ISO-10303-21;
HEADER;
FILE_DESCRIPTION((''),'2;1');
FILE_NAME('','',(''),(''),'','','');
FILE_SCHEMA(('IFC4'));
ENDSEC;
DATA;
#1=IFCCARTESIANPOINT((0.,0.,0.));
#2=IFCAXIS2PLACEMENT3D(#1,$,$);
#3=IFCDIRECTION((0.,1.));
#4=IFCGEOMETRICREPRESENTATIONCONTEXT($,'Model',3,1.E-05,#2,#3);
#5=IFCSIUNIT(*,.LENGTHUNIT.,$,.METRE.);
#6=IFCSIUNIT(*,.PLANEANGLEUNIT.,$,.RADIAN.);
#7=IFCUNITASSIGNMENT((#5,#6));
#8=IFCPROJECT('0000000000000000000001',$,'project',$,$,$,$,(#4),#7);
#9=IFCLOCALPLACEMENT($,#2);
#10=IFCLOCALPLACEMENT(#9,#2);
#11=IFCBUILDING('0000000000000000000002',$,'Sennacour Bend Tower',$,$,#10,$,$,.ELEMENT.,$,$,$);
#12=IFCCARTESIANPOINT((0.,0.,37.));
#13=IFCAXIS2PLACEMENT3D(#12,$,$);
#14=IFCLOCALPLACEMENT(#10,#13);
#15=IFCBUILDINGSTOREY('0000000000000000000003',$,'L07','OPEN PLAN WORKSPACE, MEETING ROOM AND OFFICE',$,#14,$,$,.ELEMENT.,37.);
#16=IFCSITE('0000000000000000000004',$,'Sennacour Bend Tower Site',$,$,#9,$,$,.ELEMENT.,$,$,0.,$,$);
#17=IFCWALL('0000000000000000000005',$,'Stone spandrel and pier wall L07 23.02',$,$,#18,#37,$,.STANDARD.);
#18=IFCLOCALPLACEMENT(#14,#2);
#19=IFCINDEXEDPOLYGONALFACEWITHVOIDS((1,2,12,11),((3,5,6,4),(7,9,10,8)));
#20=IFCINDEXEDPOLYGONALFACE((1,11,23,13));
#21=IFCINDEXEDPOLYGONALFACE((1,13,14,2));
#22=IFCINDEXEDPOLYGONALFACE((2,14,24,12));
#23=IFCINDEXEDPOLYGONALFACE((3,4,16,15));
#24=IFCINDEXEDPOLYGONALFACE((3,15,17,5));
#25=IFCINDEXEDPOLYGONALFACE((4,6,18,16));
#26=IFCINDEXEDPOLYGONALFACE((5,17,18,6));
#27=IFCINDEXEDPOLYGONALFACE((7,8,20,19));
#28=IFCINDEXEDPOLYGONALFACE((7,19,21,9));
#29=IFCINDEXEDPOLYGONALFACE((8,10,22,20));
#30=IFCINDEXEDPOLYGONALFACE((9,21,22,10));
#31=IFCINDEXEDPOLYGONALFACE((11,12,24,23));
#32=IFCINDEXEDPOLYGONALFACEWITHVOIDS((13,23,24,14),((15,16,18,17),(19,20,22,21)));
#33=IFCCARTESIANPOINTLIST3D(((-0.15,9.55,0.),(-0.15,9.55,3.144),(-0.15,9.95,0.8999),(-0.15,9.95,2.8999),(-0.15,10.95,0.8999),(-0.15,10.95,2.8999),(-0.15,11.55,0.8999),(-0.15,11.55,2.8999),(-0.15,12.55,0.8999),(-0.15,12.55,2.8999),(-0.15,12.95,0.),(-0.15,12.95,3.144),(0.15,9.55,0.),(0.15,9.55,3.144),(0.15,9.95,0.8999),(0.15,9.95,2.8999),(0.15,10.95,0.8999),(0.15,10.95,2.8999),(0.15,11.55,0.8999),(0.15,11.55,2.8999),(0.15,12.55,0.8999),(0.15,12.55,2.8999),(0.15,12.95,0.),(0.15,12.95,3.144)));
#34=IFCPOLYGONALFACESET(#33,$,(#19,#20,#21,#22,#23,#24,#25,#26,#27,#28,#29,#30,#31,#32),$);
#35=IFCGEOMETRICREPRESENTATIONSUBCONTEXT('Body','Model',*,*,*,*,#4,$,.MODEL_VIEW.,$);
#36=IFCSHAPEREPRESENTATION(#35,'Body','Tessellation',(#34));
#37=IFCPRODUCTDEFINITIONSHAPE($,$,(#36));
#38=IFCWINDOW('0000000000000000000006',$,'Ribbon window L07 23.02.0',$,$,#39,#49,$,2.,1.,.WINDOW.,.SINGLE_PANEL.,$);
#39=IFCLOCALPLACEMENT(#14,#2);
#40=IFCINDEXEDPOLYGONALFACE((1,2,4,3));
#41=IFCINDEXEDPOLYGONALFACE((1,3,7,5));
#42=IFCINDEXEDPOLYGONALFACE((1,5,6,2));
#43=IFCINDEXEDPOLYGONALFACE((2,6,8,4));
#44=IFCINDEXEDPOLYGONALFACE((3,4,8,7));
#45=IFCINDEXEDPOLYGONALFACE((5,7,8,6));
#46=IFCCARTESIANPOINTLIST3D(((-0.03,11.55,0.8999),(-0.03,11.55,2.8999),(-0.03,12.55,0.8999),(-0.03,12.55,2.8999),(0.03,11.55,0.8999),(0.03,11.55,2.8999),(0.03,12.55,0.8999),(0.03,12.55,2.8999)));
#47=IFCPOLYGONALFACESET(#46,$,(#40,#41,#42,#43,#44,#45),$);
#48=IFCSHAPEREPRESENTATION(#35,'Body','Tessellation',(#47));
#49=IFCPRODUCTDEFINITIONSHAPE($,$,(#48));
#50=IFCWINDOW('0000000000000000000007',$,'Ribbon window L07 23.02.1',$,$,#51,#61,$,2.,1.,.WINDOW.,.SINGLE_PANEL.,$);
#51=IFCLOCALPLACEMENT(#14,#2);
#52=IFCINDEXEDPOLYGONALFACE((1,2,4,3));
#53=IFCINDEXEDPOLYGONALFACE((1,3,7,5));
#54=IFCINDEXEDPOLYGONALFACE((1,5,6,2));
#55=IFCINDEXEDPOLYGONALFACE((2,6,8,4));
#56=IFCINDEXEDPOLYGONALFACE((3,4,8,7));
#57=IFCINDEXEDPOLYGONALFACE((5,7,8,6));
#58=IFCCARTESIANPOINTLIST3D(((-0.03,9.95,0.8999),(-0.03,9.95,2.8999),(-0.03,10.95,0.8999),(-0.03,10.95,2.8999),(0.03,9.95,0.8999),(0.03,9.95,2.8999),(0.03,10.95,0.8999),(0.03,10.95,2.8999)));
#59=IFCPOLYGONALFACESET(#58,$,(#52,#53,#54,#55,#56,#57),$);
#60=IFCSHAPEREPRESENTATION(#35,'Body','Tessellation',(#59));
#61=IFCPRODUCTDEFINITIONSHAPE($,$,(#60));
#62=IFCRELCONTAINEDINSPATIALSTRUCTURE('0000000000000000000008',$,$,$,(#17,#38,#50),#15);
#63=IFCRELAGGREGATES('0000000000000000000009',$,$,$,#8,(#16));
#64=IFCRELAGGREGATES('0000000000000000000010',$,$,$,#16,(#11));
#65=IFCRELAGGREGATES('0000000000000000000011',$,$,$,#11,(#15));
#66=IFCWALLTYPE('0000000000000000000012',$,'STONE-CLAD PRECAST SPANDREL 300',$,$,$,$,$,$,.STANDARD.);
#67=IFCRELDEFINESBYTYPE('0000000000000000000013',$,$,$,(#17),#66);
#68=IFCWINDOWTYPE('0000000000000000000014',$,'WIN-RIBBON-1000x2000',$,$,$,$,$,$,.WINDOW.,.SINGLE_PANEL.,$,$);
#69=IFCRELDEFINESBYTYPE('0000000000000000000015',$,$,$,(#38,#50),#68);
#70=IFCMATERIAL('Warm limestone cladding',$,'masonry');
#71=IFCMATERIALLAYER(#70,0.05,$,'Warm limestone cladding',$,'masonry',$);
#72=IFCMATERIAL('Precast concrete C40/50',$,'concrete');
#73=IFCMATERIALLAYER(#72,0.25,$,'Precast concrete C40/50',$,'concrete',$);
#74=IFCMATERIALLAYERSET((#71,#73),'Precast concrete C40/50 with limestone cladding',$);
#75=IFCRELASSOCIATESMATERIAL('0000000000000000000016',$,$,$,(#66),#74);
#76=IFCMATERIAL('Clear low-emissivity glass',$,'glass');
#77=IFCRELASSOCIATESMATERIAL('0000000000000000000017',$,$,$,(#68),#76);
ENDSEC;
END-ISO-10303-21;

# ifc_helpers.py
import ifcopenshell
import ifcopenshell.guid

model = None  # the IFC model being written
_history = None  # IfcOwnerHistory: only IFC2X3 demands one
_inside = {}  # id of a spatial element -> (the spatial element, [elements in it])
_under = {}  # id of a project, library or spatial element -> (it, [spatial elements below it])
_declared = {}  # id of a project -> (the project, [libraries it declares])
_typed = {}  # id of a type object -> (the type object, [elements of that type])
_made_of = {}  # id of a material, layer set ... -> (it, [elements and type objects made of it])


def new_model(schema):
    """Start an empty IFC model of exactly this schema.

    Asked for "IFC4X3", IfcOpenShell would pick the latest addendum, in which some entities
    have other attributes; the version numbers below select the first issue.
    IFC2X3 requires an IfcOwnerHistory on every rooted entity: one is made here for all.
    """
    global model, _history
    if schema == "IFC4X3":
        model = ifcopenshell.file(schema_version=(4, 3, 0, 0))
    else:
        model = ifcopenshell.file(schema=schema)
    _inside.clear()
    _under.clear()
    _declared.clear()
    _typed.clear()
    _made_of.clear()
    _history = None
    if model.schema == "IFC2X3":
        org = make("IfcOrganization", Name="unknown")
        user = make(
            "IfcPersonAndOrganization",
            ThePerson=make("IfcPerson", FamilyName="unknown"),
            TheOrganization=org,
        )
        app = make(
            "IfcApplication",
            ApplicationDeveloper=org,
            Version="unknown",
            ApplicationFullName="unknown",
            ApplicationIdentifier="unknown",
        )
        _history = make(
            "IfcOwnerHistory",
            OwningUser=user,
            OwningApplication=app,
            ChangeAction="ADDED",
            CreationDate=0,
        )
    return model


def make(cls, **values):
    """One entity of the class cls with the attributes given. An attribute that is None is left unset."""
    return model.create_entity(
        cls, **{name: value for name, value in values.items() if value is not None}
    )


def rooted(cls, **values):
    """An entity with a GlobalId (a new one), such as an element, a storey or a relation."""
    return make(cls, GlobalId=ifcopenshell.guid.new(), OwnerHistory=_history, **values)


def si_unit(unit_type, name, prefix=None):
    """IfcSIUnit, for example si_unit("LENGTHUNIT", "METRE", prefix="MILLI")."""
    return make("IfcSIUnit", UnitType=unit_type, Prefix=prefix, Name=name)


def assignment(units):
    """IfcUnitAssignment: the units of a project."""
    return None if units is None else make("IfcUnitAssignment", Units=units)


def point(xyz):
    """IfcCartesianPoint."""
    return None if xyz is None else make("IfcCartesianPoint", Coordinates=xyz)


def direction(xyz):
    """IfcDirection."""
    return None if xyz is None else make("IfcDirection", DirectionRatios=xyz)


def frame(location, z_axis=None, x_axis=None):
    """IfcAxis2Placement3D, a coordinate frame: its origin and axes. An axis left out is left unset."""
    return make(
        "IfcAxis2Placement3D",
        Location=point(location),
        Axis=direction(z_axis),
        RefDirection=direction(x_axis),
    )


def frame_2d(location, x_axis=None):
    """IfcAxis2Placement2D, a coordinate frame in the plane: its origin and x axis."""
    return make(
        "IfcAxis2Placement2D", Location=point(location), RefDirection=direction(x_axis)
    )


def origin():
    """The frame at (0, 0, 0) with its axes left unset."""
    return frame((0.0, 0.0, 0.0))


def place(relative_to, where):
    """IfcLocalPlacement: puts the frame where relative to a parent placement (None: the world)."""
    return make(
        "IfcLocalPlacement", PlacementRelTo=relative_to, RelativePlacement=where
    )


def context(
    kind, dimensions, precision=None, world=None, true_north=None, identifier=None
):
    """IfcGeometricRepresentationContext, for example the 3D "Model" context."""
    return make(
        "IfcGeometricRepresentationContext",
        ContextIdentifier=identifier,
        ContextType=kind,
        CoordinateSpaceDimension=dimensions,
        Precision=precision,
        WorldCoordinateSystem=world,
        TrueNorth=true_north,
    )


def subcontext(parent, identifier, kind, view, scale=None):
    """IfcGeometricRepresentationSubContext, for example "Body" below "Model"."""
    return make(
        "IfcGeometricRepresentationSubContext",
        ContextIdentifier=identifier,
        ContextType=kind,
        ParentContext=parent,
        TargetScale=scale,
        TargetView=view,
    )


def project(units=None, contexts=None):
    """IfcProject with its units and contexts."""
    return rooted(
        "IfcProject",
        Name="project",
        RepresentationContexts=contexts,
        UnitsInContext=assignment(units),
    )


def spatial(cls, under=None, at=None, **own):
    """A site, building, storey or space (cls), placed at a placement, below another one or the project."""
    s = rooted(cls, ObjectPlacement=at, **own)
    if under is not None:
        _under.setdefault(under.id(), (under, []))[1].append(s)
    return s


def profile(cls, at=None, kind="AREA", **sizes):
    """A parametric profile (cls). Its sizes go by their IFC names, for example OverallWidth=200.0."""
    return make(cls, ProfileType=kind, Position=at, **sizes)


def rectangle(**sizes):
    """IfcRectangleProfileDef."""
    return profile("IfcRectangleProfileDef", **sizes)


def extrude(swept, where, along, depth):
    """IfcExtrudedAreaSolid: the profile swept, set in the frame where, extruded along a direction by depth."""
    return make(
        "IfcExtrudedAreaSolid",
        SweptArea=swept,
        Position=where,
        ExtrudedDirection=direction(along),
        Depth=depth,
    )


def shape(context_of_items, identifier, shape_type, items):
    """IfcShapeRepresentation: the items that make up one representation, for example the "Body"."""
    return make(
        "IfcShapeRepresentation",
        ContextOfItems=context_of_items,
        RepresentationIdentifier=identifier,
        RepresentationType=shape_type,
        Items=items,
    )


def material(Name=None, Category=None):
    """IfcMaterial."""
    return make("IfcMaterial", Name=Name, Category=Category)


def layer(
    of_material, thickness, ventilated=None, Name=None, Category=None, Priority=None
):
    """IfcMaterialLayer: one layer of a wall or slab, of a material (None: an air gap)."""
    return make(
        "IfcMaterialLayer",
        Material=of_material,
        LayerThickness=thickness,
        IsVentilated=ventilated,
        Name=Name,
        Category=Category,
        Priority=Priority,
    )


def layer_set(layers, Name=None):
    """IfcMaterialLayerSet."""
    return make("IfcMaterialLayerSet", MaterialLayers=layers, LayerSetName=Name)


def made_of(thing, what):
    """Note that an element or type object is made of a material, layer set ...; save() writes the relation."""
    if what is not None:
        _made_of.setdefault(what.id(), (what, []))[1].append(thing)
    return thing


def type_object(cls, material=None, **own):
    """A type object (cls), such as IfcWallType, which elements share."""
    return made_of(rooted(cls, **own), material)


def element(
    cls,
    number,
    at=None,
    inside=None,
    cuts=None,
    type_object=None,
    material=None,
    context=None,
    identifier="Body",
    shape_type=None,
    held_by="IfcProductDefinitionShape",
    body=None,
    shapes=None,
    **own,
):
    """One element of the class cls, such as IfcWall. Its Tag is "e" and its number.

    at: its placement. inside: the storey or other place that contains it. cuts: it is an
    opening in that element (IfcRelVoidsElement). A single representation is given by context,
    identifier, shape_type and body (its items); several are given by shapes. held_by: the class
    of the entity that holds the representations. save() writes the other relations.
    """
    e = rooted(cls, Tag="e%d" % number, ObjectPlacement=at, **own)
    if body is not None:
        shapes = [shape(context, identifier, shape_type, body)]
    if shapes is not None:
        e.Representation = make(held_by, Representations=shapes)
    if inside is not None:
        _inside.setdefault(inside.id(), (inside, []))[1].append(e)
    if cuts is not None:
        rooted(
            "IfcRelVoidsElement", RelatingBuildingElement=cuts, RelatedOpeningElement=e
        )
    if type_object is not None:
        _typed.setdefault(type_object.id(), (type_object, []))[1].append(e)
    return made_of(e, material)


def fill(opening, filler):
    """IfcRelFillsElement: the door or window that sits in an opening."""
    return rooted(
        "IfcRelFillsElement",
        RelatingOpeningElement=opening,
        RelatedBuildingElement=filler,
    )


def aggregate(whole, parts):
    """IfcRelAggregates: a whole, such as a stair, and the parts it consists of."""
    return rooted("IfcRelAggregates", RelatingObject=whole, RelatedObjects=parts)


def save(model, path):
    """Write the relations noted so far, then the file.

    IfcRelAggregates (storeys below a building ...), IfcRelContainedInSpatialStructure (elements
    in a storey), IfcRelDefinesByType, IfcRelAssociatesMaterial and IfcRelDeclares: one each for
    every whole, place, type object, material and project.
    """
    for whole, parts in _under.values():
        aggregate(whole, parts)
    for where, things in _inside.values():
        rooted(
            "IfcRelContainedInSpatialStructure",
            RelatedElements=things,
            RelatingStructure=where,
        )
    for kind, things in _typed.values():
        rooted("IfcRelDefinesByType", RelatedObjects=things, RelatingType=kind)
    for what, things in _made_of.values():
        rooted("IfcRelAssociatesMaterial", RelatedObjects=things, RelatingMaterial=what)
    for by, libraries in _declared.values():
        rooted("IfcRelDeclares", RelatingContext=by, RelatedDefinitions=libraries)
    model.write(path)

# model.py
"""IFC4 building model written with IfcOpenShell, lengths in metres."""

from ifc_helpers import new_model, si_unit, direction, frame, frame_2d, origin, place, context, subcontext, project, spatial, rectangle, extrude, material, layer, layer_set, type_object, element, fill, save


model = new_model("IFC4")

# Units and contexts
model_context = context("Model", 3, precision=1e-05, world=origin(), true_north=direction((0.0, 1.0)))
body_context = subcontext(model_context, "Body", "Model", "MODEL_VIEW")
ifc_project = project(units=[si_unit("LENGTHUNIT", "METRE"), si_unit("PLANEANGLEUNIT", "RADIAN")], contexts=[model_context])

# Site, building, storey
site_placement = place(None, origin())
site = spatial("IfcSite", under=ifc_project, at=site_placement, Name="Sennacour Bend Tower Site", CompositionType="ELEMENT", RefElevation=0.0)
building_placement = place(site_placement, origin())
building = spatial("IfcBuilding", under=site, at=building_placement, Name="Sennacour Bend Tower", CompositionType="ELEMENT")
storey_placement = place(building_placement, frame((0.0, 0.0, 37.0)))
storey = spatial("IfcBuildingStorey", under=building, at=storey_placement, Name="L07", Description="OPEN PLAN WORKSPACE, MEETING ROOM AND OFFICE", CompositionType="ELEMENT", Elevation=37.0)

# Wall, openings, windows
ifc_material_1 = material(Name="Warm limestone cladding", Category="masonry")
ifc_layer_1 = layer(ifc_material_1, 0.05, Name="Warm limestone cladding", Category="masonry")
ifc_material_2 = material(Name="Precast concrete C40/50", Category="concrete")
ifc_layer_2 = layer(ifc_material_2, 0.25, Name="Precast concrete C40/50", Category="concrete")
ifc_layer_set_1 = layer_set([ifc_layer_1, ifc_layer_2], Name="Precast concrete C40/50 with limestone cladding")
wall_type_1 = type_object("IfcWallType", Name="STONE-CLAD PRECAST SPANDREL 300", PredefinedType="STANDARD", material=ifc_layer_set_1)
ifc_material_3 = material(Name="Clear low-emissivity glass", Category="glass")
window_type = type_object("IfcWindowType", Name="WIN-RIBBON-1000x2000", PartitioningType="SINGLE_PANEL", PredefinedType="WINDOW", material=ifc_material_3)
wall_1_placement = place(storey_placement, frame((0.0, 12.95, 0.0), z_axis=(0.0, 0.0, 1.0), x_axis=(0.0, -1.0, 0.0)))
wall_1 = element("IfcWall", 1, at=wall_1_placement, inside=storey, type_object=wall_type_1, Name="Stone spandrel and pier wall L07 23.02", PredefinedType="STANDARD", context=body_context, shape_type="SweptSolid", body=[
    extrude(rectangle(XDim=3.3999, YDim=0.3, at=frame_2d((1.7, 0.0))), origin(), (0.0, 0.0, 1.0), 3.144),
])
opening_1_placement = place(wall_1_placement, frame((0.3999, 0.0, 0.8999)))
opening_1 = element("IfcOpeningElement", 2, at=opening_1_placement, cuts=wall_1, PredefinedType="OPENING", context=body_context, shape_type="SweptSolid", body=[
    extrude(rectangle(XDim=1.0, YDim=2.0, at=frame_2d((0.5, 1.0))), frame((0.0, 0.1602, 0.0), z_axis=(0.0, -1.0, 0.0), x_axis=(1.0, 0.0, 0.0)), (0.0, 0.0, 1.0), 0.3201),
])
opening_2_placement = place(wall_1_placement, frame((2.0, 0.0, 0.8999)))
opening_2 = element("IfcOpeningElement", 3, at=opening_2_placement, cuts=wall_1, PredefinedType="OPENING", context=body_context, shape_type="SweptSolid", body=[
    extrude(rectangle(XDim=1.0, YDim=2.0, at=frame_2d((0.5, 1.0))), frame((0.0, 0.1602, 0.0), z_axis=(0.0, -1.0, 0.0), x_axis=(1.0, 0.0, 0.0)), (0.0, 0.0, 1.0), 0.3201),
])
window_1_placement = place(opening_1_placement, origin())
window_1 = element("IfcWindow", 4, at=window_1_placement, inside=storey, type_object=window_type, Name="Ribbon window L07 23.02.0", OverallHeight=2.0, OverallWidth=1.0, PartitioningType="SINGLE_PANEL", PredefinedType="WINDOW", context=body_context, shape_type="SweptSolid", body=[
    extrude(rectangle(XDim=1.0, YDim=2.0, at=frame_2d((0.5, 1.0))), frame((0.0, 0.03, 0.0), z_axis=(0.0, -1.0, 0.0), x_axis=(1.0, 0.0, 0.0)), (0.0, 0.0, 1.0), 0.0601),
])
fill(opening_1, window_1)
window_2_placement = place(opening_2_placement, origin())
window_2 = element("IfcWindow", 5, at=window_2_placement, inside=storey, type_object=window_type, Name="Ribbon window L07 23.02.1", OverallHeight=2.0, OverallWidth=1.0, PartitioningType="SINGLE_PANEL", PredefinedType="WINDOW", context=body_context, shape_type="SweptSolid", body=[
    extrude(rectangle(XDim=1.0, YDim=2.0, at=frame_2d((0.5, 1.0))), frame((0.0, 0.03, 0.0), z_axis=(0.0, -1.0, 0.0), x_axis=(1.0, 0.0, 0.0)), (0.0, 0.0, 1.0), 0.0601),
])
fill(opening_2, window_2)

save(model, "model.ifc")
